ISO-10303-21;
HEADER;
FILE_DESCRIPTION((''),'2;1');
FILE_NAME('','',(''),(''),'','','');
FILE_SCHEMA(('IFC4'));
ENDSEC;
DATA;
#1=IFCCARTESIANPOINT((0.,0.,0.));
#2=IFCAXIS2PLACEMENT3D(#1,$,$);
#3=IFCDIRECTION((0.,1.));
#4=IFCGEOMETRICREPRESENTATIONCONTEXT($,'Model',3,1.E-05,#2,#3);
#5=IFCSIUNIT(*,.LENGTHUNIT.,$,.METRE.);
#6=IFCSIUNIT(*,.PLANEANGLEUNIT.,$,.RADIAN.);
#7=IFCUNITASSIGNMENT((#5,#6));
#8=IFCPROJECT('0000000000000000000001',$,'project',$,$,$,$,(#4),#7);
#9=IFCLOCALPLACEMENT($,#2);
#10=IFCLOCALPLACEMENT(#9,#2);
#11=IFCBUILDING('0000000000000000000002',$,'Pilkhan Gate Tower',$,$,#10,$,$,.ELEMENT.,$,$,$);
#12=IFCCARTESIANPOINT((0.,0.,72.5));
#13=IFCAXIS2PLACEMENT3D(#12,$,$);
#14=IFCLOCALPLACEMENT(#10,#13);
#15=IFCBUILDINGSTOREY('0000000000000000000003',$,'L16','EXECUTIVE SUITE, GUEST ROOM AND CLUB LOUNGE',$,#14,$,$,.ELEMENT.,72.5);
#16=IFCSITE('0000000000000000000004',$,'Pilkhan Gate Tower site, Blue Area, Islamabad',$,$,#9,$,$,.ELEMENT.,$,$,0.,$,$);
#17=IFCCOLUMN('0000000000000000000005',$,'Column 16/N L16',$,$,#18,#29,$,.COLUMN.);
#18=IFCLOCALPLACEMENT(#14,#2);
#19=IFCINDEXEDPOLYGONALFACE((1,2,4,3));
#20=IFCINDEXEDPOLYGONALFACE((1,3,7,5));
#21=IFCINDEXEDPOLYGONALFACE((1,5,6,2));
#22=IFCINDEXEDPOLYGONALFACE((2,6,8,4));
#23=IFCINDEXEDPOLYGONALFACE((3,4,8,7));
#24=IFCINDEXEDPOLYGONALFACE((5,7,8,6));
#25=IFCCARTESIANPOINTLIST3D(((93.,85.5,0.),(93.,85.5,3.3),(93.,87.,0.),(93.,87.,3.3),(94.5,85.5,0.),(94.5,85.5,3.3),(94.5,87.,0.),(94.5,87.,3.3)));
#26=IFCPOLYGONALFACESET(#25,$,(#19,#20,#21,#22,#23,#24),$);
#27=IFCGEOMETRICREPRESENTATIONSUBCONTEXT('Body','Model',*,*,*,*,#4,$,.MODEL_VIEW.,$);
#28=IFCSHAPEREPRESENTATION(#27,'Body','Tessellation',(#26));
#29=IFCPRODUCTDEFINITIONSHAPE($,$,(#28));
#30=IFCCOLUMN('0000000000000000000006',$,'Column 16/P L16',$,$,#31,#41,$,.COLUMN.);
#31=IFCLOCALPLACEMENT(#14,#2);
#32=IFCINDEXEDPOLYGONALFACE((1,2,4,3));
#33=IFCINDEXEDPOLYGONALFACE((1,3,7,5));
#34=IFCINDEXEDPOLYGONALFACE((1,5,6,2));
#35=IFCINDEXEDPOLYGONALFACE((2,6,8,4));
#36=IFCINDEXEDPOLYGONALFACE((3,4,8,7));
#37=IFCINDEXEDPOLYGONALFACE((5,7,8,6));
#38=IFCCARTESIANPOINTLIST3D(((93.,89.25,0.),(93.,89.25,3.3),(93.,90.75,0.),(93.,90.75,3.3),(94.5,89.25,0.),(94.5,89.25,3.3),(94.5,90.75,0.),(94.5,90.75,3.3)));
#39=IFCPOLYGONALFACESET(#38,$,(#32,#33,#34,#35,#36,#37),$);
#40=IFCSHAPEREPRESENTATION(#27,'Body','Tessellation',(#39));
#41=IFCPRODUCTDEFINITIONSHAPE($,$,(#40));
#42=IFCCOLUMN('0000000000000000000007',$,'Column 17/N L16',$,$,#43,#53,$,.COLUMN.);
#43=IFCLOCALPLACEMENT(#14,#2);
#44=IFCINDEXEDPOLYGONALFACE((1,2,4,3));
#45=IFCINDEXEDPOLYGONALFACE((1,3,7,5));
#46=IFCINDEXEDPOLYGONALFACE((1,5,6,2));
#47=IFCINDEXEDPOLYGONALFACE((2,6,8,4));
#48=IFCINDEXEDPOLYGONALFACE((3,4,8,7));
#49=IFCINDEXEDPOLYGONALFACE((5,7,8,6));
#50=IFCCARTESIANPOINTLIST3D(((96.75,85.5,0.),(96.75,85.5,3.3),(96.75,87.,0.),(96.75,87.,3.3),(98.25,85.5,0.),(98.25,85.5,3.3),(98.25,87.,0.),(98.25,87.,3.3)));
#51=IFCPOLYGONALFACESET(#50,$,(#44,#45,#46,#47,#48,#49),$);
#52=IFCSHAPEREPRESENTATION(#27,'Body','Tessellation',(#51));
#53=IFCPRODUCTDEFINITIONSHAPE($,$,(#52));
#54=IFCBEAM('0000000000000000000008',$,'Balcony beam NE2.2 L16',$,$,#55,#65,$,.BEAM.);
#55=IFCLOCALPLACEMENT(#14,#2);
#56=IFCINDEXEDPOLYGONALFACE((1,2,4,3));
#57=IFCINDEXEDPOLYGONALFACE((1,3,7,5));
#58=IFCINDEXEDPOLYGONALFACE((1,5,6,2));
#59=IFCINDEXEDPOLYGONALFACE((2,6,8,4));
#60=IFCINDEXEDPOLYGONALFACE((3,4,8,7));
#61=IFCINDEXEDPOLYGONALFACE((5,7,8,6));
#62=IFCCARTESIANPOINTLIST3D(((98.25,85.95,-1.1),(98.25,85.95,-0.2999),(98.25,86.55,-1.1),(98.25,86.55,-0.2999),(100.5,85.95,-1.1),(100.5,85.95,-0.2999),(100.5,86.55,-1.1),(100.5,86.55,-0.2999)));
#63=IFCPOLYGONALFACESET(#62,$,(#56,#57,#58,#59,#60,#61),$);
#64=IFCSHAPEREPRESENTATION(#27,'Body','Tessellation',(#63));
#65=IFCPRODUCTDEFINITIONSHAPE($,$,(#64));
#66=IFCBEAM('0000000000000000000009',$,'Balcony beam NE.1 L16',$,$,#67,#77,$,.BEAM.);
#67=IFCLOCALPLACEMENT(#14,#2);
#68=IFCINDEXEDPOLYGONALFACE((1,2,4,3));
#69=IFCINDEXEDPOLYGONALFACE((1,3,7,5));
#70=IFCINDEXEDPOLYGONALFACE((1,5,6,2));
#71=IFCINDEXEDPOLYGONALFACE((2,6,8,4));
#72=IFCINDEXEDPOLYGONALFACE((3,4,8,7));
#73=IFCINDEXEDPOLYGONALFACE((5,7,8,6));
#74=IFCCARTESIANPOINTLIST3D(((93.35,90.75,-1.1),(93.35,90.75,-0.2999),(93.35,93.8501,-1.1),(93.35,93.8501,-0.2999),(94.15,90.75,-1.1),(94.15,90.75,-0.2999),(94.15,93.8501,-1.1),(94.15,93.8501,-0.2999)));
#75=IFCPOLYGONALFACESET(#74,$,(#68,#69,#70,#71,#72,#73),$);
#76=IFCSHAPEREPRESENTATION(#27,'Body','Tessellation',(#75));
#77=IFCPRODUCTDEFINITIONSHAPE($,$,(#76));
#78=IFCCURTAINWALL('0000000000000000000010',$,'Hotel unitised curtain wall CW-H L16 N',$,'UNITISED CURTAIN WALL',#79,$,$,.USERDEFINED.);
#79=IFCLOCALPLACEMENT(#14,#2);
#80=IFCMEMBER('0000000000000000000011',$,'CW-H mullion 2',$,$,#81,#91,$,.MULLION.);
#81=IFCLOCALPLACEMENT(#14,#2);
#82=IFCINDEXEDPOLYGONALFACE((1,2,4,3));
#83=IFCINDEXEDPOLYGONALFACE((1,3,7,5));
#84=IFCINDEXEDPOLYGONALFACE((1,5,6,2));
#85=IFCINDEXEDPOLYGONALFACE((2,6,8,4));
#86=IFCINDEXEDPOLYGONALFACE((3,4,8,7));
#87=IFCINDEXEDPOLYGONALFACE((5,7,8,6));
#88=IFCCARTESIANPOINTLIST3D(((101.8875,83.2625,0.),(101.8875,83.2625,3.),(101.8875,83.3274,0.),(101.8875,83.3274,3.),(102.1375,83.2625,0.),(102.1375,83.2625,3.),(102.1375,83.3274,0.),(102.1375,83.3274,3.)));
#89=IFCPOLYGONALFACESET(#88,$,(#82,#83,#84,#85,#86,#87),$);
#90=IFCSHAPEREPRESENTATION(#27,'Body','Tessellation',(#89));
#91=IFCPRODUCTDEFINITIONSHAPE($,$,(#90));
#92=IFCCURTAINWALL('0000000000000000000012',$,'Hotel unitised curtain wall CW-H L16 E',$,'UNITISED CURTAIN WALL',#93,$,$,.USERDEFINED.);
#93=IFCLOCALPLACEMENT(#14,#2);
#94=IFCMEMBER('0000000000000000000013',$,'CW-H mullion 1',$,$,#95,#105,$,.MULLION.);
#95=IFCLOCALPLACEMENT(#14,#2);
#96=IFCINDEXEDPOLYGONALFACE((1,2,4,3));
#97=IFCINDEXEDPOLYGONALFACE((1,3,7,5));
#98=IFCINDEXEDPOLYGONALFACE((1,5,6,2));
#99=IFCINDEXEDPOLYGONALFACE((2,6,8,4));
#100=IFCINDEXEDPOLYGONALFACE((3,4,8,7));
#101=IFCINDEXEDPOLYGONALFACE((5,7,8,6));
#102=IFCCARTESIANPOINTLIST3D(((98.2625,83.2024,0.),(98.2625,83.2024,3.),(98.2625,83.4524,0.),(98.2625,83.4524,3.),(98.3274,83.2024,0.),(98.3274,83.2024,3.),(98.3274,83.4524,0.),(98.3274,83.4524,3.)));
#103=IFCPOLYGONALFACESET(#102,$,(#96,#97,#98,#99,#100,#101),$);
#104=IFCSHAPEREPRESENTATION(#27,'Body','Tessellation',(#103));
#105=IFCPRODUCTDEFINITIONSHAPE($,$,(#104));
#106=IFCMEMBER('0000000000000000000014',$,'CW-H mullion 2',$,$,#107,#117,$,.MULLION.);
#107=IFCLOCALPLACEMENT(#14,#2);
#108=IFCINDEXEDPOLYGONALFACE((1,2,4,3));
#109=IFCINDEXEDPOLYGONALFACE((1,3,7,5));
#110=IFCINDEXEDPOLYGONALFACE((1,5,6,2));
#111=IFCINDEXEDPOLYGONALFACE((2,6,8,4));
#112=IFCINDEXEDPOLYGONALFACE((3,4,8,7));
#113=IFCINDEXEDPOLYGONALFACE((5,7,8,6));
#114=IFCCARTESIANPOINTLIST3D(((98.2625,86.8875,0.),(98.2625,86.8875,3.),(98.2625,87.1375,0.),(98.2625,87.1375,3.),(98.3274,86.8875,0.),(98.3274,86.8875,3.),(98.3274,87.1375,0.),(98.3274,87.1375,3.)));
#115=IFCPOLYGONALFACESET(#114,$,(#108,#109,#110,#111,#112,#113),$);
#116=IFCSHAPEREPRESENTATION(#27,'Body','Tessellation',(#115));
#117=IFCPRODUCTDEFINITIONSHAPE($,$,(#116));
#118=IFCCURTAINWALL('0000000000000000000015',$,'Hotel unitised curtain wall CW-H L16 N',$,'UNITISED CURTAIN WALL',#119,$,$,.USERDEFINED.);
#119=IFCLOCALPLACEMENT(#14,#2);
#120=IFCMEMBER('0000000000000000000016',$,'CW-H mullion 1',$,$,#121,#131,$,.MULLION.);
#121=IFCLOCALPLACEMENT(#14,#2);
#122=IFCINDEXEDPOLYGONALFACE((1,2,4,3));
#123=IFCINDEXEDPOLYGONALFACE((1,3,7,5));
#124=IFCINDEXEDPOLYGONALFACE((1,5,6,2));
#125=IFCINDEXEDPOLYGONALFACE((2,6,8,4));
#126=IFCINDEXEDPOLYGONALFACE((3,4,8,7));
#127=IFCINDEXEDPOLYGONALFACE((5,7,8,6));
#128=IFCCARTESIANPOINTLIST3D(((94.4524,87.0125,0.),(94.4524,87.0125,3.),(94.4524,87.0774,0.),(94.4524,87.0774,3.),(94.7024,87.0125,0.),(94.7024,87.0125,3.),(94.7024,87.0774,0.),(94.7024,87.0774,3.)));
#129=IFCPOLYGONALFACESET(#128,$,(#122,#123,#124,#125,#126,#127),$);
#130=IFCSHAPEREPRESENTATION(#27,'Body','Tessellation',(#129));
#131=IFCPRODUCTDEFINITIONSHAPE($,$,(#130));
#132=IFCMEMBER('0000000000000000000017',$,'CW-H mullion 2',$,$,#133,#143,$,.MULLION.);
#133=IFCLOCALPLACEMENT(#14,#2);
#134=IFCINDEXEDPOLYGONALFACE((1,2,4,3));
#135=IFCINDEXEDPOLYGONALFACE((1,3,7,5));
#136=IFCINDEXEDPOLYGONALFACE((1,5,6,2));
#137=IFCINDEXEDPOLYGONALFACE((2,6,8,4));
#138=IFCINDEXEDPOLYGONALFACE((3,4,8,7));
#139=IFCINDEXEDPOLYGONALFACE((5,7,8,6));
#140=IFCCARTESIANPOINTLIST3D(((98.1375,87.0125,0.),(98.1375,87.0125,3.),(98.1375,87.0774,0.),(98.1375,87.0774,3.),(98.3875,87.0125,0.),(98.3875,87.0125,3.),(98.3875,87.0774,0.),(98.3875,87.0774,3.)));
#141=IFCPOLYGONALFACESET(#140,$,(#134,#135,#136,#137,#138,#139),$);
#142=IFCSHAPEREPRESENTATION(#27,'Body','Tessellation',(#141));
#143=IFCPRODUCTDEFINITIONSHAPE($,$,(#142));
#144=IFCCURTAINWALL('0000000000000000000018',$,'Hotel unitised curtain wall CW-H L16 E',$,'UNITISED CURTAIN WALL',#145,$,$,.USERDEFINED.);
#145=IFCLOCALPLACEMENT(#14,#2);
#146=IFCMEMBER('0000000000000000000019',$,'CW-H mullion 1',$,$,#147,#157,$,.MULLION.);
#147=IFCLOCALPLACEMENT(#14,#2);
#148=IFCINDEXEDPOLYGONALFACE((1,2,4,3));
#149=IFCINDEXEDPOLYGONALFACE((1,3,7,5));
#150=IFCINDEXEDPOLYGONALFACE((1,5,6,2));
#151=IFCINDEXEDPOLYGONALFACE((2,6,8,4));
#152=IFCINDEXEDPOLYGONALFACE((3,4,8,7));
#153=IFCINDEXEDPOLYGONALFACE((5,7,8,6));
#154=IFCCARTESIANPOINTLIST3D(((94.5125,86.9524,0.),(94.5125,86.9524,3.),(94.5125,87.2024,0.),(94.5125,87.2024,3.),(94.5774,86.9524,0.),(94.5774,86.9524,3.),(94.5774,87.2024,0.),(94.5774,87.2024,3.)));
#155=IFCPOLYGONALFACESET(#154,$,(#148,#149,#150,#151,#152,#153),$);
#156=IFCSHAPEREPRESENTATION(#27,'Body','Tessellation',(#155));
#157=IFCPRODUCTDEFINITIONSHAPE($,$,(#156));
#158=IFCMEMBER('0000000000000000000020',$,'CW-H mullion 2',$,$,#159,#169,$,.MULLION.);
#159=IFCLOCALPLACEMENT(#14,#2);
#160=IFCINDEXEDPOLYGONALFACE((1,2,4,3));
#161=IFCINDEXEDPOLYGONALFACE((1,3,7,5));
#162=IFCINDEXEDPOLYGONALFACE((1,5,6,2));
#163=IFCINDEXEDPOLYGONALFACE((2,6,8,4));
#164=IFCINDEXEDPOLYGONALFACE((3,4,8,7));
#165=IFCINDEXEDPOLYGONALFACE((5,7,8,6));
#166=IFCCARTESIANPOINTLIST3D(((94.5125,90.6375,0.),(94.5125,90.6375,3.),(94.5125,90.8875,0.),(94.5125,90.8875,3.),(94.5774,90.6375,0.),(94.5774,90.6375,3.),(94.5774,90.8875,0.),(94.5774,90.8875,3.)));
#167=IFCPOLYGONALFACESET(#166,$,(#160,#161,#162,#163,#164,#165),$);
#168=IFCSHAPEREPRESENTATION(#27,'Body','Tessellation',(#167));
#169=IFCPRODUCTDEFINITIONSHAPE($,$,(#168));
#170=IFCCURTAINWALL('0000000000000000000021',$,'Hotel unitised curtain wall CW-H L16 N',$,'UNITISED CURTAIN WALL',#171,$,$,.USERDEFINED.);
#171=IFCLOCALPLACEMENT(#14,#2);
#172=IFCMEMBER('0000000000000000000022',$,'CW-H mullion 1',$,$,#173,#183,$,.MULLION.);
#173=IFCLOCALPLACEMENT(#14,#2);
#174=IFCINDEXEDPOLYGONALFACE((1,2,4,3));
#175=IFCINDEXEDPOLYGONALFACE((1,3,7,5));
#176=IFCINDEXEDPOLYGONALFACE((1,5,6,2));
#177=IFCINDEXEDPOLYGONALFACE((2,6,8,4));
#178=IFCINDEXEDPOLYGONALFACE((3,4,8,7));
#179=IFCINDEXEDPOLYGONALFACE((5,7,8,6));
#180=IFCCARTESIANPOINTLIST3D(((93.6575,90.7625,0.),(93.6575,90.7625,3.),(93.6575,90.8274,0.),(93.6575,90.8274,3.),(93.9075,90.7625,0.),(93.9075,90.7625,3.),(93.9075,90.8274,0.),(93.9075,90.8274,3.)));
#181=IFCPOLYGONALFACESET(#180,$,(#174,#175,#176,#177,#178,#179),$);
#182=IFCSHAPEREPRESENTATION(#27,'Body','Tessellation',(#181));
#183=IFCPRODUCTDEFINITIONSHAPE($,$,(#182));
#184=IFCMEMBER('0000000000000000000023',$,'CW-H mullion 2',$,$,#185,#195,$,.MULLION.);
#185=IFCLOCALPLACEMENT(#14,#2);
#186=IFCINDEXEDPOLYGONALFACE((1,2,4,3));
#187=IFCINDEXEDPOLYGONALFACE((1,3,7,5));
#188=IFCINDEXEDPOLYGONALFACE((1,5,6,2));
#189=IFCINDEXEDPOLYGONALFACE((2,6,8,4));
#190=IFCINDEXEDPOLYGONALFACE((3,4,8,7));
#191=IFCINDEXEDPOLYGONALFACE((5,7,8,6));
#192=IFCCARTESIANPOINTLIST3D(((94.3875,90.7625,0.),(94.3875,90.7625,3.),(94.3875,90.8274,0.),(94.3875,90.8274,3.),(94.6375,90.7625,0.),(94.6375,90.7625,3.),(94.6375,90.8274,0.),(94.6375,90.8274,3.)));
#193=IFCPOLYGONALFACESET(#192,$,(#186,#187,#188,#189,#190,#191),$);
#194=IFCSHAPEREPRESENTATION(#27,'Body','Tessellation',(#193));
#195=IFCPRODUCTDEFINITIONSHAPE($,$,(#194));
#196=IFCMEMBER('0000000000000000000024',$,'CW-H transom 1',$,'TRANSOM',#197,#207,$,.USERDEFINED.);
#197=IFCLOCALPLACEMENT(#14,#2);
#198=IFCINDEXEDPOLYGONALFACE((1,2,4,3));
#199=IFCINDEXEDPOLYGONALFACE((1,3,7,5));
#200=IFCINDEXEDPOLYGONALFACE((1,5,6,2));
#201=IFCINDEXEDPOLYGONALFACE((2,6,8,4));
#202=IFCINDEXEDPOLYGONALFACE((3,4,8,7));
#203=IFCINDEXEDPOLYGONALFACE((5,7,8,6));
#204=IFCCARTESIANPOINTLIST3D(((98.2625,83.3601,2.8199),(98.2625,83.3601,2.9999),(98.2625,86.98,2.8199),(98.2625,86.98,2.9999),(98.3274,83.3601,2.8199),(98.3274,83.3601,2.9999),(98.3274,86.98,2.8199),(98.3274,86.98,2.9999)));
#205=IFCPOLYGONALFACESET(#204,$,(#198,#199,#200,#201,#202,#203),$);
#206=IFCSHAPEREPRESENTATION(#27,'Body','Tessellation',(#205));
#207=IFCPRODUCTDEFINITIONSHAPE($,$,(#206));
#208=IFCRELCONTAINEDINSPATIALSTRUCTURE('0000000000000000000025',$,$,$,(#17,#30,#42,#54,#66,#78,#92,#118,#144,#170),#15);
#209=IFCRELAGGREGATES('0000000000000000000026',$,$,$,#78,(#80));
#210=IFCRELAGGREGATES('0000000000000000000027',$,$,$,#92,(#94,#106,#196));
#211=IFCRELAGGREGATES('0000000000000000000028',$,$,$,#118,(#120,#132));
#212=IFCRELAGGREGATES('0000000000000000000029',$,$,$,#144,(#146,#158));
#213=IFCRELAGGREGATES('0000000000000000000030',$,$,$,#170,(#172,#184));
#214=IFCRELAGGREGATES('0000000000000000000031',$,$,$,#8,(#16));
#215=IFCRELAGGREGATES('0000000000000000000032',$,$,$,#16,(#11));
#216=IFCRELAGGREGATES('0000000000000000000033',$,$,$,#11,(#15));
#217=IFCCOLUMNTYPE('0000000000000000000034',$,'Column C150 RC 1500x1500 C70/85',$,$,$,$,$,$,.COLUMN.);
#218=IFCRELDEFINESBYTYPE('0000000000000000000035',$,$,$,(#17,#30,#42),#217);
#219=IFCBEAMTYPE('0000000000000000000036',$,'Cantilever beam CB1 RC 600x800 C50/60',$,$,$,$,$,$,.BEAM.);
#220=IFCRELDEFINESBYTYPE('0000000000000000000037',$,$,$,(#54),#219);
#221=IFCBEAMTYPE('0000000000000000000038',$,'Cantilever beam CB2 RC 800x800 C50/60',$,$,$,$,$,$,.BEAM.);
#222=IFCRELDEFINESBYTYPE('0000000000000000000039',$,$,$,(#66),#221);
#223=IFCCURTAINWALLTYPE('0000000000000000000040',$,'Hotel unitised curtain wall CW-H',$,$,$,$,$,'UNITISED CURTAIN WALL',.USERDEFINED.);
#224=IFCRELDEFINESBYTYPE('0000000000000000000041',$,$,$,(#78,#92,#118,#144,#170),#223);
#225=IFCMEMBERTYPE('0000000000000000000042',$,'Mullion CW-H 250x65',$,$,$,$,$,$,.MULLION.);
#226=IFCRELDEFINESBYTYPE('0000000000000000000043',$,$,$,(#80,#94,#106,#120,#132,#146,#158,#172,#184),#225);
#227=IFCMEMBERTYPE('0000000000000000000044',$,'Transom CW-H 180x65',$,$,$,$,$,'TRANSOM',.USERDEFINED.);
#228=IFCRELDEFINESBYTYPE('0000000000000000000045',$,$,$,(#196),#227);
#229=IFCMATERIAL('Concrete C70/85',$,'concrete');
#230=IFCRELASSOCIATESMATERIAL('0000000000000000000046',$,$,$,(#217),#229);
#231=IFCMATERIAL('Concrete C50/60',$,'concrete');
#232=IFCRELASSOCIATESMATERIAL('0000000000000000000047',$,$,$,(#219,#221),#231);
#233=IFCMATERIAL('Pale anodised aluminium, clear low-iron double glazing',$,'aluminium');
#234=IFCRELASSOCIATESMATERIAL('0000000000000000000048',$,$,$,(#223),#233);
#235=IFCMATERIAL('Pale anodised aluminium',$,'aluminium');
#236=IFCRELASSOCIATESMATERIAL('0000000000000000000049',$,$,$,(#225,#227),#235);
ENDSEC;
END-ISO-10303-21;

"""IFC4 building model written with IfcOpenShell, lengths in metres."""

from ifc_helpers import new_model, si_unit, direction, frame, origin, origin_2d, place, context, subcontext, project, spatial, rectangle, extrude, material, material_profile, profile_set, type_object, element, aggregate, save


model = new_model("IFC4")

# Units and contexts
model_context = context("Model", 3, precision=1e-05, world=origin(), true_north=direction((0.0, 1.0)))
body_context = subcontext(model_context, "Body", "Model", "MODEL_VIEW")
ifc_project = project(units=[si_unit("LENGTHUNIT", "METRE"), si_unit("PLANEANGLEUNIT", "RADIAN")], contexts=[model_context])

# Site, building, storey
site_placement = place(None, origin())
site = spatial("IfcSite", under=ifc_project, at=site_placement, Name="Pilkhan Gate Tower site, Blue Area, Islamabad", CompositionType="ELEMENT", RefElevation=0.0)
building_placement = place(site_placement, origin())
building = spatial("IfcBuilding", under=site, at=building_placement, Name="Pilkhan Gate Tower", CompositionType="ELEMENT")
storey_placement = place(building_placement, frame((0.0, 0.0, 72.5)))
storey = spatial("IfcBuildingStorey", under=building, at=storey_placement, Name="L16", Description="EXECUTIVE SUITE, GUEST ROOM AND CLUB LOUNGE", CompositionType="ELEMENT", Elevation=72.5)

# Columns
ifc_material_1 = material(Name="Concrete C70/85", Category="concrete")
ifc_material_profile_1 = material_profile(ifc_material_1, rectangle(XDim=1.5, YDim=1.5, at=origin_2d()), Name="RC 1500x1500")
ifc_profile_set_1 = profile_set([ifc_material_profile_1], Name="Concrete C70/85")
column_type = type_object("IfcColumnType", Name="Column C150 RC 1500x1500 C70/85", PredefinedType="COLUMN", material=ifc_profile_set_1)
for number, where, z_axis, x_axis, name in (
    (1, (93.75, 86.25, 0.0), (0.0, 0.0, 1.0), (1.0, 0.0, 0.0), "Column 16/N L16"),
    (2, (93.75, 90.0, 0.0), (0.0, 0.0, 1.0), (1.0, 0.0, 0.0), "Column 16/P L16"),
    (3, (97.5, 86.25, 0.0), (0.0, 0.0, 1.0), (1.0, 0.0, 0.0), "Column 17/N L16"),
):
    element("IfcColumn", number, at=place(storey_placement, frame(where, z_axis=z_axis, x_axis=x_axis)), inside=storey, type_object=column_type, Name=name, PredefinedType="COLUMN", context=body_context, shape_type="SweptSolid", body=[
        extrude(rectangle(XDim=1.5, YDim=1.5, at=origin_2d()), origin(), (0.0, 0.0, 1.0), 3.3),
    ])

# Beams
ifc_material_2 = material(Name="Concrete C50/60", Category="concrete")
ifc_material_profile_2 = material_profile(ifc_material_2, rectangle(XDim=0.6001, YDim=0.8, at=origin_2d()), Name="RC 600x800")
ifc_profile_set_2 = profile_set([ifc_material_profile_2], Name="Concrete C50/60")
beam_type_1 = type_object("IfcBeamType", Name="Cantilever beam CB1 RC 600x800 C50/60", PredefinedType="BEAM", material=ifc_profile_set_2)
beam_1_placement = place(storey_placement, frame((98.25, 86.25, -0.7), z_axis=(1.0, 0.0, 0.0), x_axis=(0.0, 1.0, 0.0)))
element("IfcBeam", 4, at=beam_1_placement, inside=storey, type_object=beam_type_1, Name="Balcony beam NE2.2 L16", PredefinedType="BEAM", context=body_context, shape_type="SweptSolid", body=[
    extrude(rectangle(XDim=0.6001, YDim=0.8, at=origin_2d()), origin(), (0.0, 0.0, 1.0), 2.25),
])
ifc_material_profile_3 = material_profile(ifc_material_2, rectangle(XDim=0.8, YDim=0.8, at=origin_2d()), Name="RC 800x800")
ifc_profile_set_3 = profile_set([ifc_material_profile_3], Name="Concrete C50/60")
beam_type_2 = type_object("IfcBeamType", Name="Cantilever beam CB2 RC 800x800 C50/60", PredefinedType="BEAM", material=ifc_profile_set_3)
beam_2_placement = place(storey_placement, frame((93.75, 90.75, -0.7), z_axis=(0.0, 1.0, 0.0), x_axis=(-1.0, 0.0, 0.0)))
element("IfcBeam", 5, at=beam_2_placement, inside=storey, type_object=beam_type_2, Name="Balcony beam NE.1 L16", PredefinedType="BEAM", context=body_context, shape_type="SweptSolid", body=[
    extrude(rectangle(XDim=0.8, YDim=0.8, at=origin_2d()), origin(), (0.0, 0.0, 1.0), 3.1001),
])

# Curtain wall, member
ifc_material_3 = material(Name="Pale anodised aluminium, clear low-iron double glazing", Category="aluminium")
curtain_wall_type = type_object("IfcCurtainWallType", Name="Hotel unitised curtain wall CW-H", ElementType="UNITISED CURTAIN WALL", PredefinedType="USERDEFINED", material=ifc_material_3)
curtain_wall_1_placement = place(storey_placement, origin())
curtain_wall_1 = element("IfcCurtainWall", 6, at=curtain_wall_1_placement, inside=storey, type_object=curtain_wall_type, Name="Hotel unitised curtain wall CW-H L16 N", ObjectType="UNITISED CURTAIN WALL", PredefinedType="USERDEFINED")
ifc_material_4 = material(Name="Pale anodised aluminium", Category="aluminium")
ifc_material_profile_4 = material_profile(ifc_material_4, rectangle(XDim=0.0649, YDim=0.25, at=origin_2d()), Name="Mullion 250x65")
ifc_profile_set_4 = profile_set([ifc_material_profile_4], Name="Pale anodised aluminium")
member_type_1 = type_object("IfcMemberType", Name="Mullion CW-H 250x65", PredefinedType="MULLION", material=ifc_profile_set_4)
member_1_placement = place(storey_placement, frame((102.0125, 83.2949, 0.0), z_axis=(0.0, 0.0, 1.0), x_axis=(0.0, 1.0, 0.0)))
member_1 = element("IfcMember", 7, at=member_1_placement, type_object=member_type_1, Name="CW-H mullion 2", PredefinedType="MULLION", context=body_context, shape_type="SweptSolid", body=[
    extrude(rectangle(XDim=0.0649, YDim=0.25, at=origin_2d()), origin(), (0.0, 0.0, 1.0), 3.0),
])

# Curtain walls, members
curtain_wall_2_placement = place(storey_placement, origin())
curtain_wall_2 = element("IfcCurtainWall", 8, at=curtain_wall_2_placement, inside=storey, type_object=curtain_wall_type, Name="Hotel unitised curtain wall CW-H L16 E", ObjectType="UNITISED CURTAIN WALL", PredefinedType="USERDEFINED")
member_2_placement = place(storey_placement, frame((98.2949, 83.3274, 0.0), z_axis=(0.0, 0.0, 1.0), x_axis=(-1.0, 0.0, 0.0)))
member_2 = element("IfcMember", 9, at=member_2_placement, type_object=member_type_1, Name="CW-H mullion 1", PredefinedType="MULLION", context=body_context, shape_type="SweptSolid", body=[
    extrude(rectangle(XDim=0.0649, YDim=0.25, at=origin_2d()), origin(), (0.0, 0.0, 1.0), 3.0),
])
member_3_placement = place(storey_placement, frame((98.2949, 87.0125, 0.0), z_axis=(0.0, 0.0, 1.0), x_axis=(-1.0, 0.0, 0.0)))
member_3 = element("IfcMember", 10, at=member_3_placement, type_object=member_type_1, Name="CW-H mullion 2", PredefinedType="MULLION", context=body_context, shape_type="SweptSolid", body=[
    extrude(rectangle(XDim=0.0649, YDim=0.25, at=origin_2d()), origin(), (0.0, 0.0, 1.0), 3.0),
])
curtain_wall_3_placement = place(storey_placement, origin())
curtain_wall_3 = element("IfcCurtainWall", 11, at=curtain_wall_3_placement, inside=storey, type_object=curtain_wall_type, Name="Hotel unitised curtain wall CW-H L16 N", ObjectType="UNITISED CURTAIN WALL", PredefinedType="USERDEFINED")
member_4_placement = place(storey_placement, frame((94.5774, 87.0449, 0.0), z_axis=(0.0, 0.0, 1.0), x_axis=(0.0, 1.0, 0.0)))
member_4 = element("IfcMember", 12, at=member_4_placement, type_object=member_type_1, Name="CW-H mullion 1", PredefinedType="MULLION", context=body_context, shape_type="SweptSolid", body=[
    extrude(rectangle(XDim=0.0649, YDim=0.25, at=origin_2d()), origin(), (0.0, 0.0, 1.0), 3.0),
])
member_5_placement = place(storey_placement, frame((98.2625, 87.0449, 0.0), z_axis=(0.0, 0.0, 1.0), x_axis=(0.0, 1.0, 0.0)))
member_5 = element("IfcMember", 13, at=member_5_placement, type_object=member_type_1, Name="CW-H mullion 2", PredefinedType="MULLION", context=body_context, shape_type="SweptSolid", body=[
    extrude(rectangle(XDim=0.0649, YDim=0.25, at=origin_2d()), origin(), (0.0, 0.0, 1.0), 3.0),
])
curtain_wall_4_placement = place(storey_placement, origin())
curtain_wall_4 = element("IfcCurtainWall", 14, at=curtain_wall_4_placement, inside=storey, type_object=curtain_wall_type, Name="Hotel unitised curtain wall CW-H L16 E", ObjectType="UNITISED CURTAIN WALL", PredefinedType="USERDEFINED")
member_6_placement = place(storey_placement, frame((94.5449, 87.0774, 0.0), z_axis=(0.0, 0.0, 1.0), x_axis=(-1.0, 0.0, 0.0)))
member_6 = element("IfcMember", 15, at=member_6_placement, type_object=member_type_1, Name="CW-H mullion 1", PredefinedType="MULLION", context=body_context, shape_type="SweptSolid", body=[
    extrude(rectangle(XDim=0.0649, YDim=0.25, at=origin_2d()), origin(), (0.0, 0.0, 1.0), 3.0),
])
member_7_placement = place(storey_placement, frame((94.5449, 90.7625, 0.0), z_axis=(0.0, 0.0, 1.0), x_axis=(-1.0, 0.0, 0.0)))
member_7 = element("IfcMember", 16, at=member_7_placement, type_object=member_type_1, Name="CW-H mullion 2", PredefinedType="MULLION", context=body_context, shape_type="SweptSolid", body=[
    extrude(rectangle(XDim=0.0649, YDim=0.25, at=origin_2d()), origin(), (0.0, 0.0, 1.0), 3.0),
])
curtain_wall_5_placement = place(storey_placement, origin())
curtain_wall_5 = element("IfcCurtainWall", 17, at=curtain_wall_5_placement, inside=storey, type_object=curtain_wall_type, Name="Hotel unitised curtain wall CW-H L16 N", ObjectType="UNITISED CURTAIN WALL", PredefinedType="USERDEFINED")
member_8_placement = place(storey_placement, frame((93.7825, 90.7949, 0.0), z_axis=(0.0, 0.0, 1.0), x_axis=(0.0, 1.0, 0.0)))
member_8 = element("IfcMember", 18, at=member_8_placement, type_object=member_type_1, Name="CW-H mullion 1", PredefinedType="MULLION", context=body_context, shape_type="SweptSolid", body=[
    extrude(rectangle(XDim=0.0649, YDim=0.25, at=origin_2d()), origin(), (0.0, 0.0, 1.0), 3.0),
])
member_9_placement = place(storey_placement, frame((94.5125, 90.7949, 0.0), z_axis=(0.0, 0.0, 1.0), x_axis=(0.0, 1.0, 0.0)))
member_9 = element("IfcMember", 19, at=member_9_placement, type_object=member_type_1, Name="CW-H mullion 2", PredefinedType="MULLION", context=body_context, shape_type="SweptSolid", body=[
    extrude(rectangle(XDim=0.0649, YDim=0.25, at=origin_2d()), origin(), (0.0, 0.0, 1.0), 3.0),
])

# Member
ifc_material_profile_5 = material_profile(ifc_material_4, rectangle(XDim=0.0649, YDim=0.1799, at=origin_2d()), Name="Transom 180x65")
ifc_profile_set_5 = profile_set([ifc_material_profile_5], Name="Pale anodised aluminium")
member_type_2 = type_object("IfcMemberType", Name="Transom CW-H 180x65", ElementType="TRANSOM", PredefinedType="USERDEFINED", material=ifc_profile_set_5)
member_10_placement = place(storey_placement, frame((98.2949, 83.3601, 2.9099), z_axis=(0.0, 1.0, 0.0), x_axis=(-1.0, 0.0, 0.0)))
member_10 = element("IfcMember", 20, at=member_10_placement, type_object=member_type_2, Name="CW-H transom 1", ObjectType="TRANSOM", PredefinedType="USERDEFINED", context=body_context, shape_type="SweptSolid", body=[
    extrude(rectangle(XDim=0.0649, YDim=0.1799, at=origin_2d()), origin(), (0.0, 0.0, 1.0), 3.6199),
])

aggregate(curtain_wall_1, [member_1])
aggregate(curtain_wall_2, [member_2, member_3, member_10])
aggregate(curtain_wall_3, [member_4, member_5])
aggregate(curtain_wall_4, [member_6, member_7])
aggregate(curtain_wall_5, [member_8, member_9])

save(model, "model.ifc")
